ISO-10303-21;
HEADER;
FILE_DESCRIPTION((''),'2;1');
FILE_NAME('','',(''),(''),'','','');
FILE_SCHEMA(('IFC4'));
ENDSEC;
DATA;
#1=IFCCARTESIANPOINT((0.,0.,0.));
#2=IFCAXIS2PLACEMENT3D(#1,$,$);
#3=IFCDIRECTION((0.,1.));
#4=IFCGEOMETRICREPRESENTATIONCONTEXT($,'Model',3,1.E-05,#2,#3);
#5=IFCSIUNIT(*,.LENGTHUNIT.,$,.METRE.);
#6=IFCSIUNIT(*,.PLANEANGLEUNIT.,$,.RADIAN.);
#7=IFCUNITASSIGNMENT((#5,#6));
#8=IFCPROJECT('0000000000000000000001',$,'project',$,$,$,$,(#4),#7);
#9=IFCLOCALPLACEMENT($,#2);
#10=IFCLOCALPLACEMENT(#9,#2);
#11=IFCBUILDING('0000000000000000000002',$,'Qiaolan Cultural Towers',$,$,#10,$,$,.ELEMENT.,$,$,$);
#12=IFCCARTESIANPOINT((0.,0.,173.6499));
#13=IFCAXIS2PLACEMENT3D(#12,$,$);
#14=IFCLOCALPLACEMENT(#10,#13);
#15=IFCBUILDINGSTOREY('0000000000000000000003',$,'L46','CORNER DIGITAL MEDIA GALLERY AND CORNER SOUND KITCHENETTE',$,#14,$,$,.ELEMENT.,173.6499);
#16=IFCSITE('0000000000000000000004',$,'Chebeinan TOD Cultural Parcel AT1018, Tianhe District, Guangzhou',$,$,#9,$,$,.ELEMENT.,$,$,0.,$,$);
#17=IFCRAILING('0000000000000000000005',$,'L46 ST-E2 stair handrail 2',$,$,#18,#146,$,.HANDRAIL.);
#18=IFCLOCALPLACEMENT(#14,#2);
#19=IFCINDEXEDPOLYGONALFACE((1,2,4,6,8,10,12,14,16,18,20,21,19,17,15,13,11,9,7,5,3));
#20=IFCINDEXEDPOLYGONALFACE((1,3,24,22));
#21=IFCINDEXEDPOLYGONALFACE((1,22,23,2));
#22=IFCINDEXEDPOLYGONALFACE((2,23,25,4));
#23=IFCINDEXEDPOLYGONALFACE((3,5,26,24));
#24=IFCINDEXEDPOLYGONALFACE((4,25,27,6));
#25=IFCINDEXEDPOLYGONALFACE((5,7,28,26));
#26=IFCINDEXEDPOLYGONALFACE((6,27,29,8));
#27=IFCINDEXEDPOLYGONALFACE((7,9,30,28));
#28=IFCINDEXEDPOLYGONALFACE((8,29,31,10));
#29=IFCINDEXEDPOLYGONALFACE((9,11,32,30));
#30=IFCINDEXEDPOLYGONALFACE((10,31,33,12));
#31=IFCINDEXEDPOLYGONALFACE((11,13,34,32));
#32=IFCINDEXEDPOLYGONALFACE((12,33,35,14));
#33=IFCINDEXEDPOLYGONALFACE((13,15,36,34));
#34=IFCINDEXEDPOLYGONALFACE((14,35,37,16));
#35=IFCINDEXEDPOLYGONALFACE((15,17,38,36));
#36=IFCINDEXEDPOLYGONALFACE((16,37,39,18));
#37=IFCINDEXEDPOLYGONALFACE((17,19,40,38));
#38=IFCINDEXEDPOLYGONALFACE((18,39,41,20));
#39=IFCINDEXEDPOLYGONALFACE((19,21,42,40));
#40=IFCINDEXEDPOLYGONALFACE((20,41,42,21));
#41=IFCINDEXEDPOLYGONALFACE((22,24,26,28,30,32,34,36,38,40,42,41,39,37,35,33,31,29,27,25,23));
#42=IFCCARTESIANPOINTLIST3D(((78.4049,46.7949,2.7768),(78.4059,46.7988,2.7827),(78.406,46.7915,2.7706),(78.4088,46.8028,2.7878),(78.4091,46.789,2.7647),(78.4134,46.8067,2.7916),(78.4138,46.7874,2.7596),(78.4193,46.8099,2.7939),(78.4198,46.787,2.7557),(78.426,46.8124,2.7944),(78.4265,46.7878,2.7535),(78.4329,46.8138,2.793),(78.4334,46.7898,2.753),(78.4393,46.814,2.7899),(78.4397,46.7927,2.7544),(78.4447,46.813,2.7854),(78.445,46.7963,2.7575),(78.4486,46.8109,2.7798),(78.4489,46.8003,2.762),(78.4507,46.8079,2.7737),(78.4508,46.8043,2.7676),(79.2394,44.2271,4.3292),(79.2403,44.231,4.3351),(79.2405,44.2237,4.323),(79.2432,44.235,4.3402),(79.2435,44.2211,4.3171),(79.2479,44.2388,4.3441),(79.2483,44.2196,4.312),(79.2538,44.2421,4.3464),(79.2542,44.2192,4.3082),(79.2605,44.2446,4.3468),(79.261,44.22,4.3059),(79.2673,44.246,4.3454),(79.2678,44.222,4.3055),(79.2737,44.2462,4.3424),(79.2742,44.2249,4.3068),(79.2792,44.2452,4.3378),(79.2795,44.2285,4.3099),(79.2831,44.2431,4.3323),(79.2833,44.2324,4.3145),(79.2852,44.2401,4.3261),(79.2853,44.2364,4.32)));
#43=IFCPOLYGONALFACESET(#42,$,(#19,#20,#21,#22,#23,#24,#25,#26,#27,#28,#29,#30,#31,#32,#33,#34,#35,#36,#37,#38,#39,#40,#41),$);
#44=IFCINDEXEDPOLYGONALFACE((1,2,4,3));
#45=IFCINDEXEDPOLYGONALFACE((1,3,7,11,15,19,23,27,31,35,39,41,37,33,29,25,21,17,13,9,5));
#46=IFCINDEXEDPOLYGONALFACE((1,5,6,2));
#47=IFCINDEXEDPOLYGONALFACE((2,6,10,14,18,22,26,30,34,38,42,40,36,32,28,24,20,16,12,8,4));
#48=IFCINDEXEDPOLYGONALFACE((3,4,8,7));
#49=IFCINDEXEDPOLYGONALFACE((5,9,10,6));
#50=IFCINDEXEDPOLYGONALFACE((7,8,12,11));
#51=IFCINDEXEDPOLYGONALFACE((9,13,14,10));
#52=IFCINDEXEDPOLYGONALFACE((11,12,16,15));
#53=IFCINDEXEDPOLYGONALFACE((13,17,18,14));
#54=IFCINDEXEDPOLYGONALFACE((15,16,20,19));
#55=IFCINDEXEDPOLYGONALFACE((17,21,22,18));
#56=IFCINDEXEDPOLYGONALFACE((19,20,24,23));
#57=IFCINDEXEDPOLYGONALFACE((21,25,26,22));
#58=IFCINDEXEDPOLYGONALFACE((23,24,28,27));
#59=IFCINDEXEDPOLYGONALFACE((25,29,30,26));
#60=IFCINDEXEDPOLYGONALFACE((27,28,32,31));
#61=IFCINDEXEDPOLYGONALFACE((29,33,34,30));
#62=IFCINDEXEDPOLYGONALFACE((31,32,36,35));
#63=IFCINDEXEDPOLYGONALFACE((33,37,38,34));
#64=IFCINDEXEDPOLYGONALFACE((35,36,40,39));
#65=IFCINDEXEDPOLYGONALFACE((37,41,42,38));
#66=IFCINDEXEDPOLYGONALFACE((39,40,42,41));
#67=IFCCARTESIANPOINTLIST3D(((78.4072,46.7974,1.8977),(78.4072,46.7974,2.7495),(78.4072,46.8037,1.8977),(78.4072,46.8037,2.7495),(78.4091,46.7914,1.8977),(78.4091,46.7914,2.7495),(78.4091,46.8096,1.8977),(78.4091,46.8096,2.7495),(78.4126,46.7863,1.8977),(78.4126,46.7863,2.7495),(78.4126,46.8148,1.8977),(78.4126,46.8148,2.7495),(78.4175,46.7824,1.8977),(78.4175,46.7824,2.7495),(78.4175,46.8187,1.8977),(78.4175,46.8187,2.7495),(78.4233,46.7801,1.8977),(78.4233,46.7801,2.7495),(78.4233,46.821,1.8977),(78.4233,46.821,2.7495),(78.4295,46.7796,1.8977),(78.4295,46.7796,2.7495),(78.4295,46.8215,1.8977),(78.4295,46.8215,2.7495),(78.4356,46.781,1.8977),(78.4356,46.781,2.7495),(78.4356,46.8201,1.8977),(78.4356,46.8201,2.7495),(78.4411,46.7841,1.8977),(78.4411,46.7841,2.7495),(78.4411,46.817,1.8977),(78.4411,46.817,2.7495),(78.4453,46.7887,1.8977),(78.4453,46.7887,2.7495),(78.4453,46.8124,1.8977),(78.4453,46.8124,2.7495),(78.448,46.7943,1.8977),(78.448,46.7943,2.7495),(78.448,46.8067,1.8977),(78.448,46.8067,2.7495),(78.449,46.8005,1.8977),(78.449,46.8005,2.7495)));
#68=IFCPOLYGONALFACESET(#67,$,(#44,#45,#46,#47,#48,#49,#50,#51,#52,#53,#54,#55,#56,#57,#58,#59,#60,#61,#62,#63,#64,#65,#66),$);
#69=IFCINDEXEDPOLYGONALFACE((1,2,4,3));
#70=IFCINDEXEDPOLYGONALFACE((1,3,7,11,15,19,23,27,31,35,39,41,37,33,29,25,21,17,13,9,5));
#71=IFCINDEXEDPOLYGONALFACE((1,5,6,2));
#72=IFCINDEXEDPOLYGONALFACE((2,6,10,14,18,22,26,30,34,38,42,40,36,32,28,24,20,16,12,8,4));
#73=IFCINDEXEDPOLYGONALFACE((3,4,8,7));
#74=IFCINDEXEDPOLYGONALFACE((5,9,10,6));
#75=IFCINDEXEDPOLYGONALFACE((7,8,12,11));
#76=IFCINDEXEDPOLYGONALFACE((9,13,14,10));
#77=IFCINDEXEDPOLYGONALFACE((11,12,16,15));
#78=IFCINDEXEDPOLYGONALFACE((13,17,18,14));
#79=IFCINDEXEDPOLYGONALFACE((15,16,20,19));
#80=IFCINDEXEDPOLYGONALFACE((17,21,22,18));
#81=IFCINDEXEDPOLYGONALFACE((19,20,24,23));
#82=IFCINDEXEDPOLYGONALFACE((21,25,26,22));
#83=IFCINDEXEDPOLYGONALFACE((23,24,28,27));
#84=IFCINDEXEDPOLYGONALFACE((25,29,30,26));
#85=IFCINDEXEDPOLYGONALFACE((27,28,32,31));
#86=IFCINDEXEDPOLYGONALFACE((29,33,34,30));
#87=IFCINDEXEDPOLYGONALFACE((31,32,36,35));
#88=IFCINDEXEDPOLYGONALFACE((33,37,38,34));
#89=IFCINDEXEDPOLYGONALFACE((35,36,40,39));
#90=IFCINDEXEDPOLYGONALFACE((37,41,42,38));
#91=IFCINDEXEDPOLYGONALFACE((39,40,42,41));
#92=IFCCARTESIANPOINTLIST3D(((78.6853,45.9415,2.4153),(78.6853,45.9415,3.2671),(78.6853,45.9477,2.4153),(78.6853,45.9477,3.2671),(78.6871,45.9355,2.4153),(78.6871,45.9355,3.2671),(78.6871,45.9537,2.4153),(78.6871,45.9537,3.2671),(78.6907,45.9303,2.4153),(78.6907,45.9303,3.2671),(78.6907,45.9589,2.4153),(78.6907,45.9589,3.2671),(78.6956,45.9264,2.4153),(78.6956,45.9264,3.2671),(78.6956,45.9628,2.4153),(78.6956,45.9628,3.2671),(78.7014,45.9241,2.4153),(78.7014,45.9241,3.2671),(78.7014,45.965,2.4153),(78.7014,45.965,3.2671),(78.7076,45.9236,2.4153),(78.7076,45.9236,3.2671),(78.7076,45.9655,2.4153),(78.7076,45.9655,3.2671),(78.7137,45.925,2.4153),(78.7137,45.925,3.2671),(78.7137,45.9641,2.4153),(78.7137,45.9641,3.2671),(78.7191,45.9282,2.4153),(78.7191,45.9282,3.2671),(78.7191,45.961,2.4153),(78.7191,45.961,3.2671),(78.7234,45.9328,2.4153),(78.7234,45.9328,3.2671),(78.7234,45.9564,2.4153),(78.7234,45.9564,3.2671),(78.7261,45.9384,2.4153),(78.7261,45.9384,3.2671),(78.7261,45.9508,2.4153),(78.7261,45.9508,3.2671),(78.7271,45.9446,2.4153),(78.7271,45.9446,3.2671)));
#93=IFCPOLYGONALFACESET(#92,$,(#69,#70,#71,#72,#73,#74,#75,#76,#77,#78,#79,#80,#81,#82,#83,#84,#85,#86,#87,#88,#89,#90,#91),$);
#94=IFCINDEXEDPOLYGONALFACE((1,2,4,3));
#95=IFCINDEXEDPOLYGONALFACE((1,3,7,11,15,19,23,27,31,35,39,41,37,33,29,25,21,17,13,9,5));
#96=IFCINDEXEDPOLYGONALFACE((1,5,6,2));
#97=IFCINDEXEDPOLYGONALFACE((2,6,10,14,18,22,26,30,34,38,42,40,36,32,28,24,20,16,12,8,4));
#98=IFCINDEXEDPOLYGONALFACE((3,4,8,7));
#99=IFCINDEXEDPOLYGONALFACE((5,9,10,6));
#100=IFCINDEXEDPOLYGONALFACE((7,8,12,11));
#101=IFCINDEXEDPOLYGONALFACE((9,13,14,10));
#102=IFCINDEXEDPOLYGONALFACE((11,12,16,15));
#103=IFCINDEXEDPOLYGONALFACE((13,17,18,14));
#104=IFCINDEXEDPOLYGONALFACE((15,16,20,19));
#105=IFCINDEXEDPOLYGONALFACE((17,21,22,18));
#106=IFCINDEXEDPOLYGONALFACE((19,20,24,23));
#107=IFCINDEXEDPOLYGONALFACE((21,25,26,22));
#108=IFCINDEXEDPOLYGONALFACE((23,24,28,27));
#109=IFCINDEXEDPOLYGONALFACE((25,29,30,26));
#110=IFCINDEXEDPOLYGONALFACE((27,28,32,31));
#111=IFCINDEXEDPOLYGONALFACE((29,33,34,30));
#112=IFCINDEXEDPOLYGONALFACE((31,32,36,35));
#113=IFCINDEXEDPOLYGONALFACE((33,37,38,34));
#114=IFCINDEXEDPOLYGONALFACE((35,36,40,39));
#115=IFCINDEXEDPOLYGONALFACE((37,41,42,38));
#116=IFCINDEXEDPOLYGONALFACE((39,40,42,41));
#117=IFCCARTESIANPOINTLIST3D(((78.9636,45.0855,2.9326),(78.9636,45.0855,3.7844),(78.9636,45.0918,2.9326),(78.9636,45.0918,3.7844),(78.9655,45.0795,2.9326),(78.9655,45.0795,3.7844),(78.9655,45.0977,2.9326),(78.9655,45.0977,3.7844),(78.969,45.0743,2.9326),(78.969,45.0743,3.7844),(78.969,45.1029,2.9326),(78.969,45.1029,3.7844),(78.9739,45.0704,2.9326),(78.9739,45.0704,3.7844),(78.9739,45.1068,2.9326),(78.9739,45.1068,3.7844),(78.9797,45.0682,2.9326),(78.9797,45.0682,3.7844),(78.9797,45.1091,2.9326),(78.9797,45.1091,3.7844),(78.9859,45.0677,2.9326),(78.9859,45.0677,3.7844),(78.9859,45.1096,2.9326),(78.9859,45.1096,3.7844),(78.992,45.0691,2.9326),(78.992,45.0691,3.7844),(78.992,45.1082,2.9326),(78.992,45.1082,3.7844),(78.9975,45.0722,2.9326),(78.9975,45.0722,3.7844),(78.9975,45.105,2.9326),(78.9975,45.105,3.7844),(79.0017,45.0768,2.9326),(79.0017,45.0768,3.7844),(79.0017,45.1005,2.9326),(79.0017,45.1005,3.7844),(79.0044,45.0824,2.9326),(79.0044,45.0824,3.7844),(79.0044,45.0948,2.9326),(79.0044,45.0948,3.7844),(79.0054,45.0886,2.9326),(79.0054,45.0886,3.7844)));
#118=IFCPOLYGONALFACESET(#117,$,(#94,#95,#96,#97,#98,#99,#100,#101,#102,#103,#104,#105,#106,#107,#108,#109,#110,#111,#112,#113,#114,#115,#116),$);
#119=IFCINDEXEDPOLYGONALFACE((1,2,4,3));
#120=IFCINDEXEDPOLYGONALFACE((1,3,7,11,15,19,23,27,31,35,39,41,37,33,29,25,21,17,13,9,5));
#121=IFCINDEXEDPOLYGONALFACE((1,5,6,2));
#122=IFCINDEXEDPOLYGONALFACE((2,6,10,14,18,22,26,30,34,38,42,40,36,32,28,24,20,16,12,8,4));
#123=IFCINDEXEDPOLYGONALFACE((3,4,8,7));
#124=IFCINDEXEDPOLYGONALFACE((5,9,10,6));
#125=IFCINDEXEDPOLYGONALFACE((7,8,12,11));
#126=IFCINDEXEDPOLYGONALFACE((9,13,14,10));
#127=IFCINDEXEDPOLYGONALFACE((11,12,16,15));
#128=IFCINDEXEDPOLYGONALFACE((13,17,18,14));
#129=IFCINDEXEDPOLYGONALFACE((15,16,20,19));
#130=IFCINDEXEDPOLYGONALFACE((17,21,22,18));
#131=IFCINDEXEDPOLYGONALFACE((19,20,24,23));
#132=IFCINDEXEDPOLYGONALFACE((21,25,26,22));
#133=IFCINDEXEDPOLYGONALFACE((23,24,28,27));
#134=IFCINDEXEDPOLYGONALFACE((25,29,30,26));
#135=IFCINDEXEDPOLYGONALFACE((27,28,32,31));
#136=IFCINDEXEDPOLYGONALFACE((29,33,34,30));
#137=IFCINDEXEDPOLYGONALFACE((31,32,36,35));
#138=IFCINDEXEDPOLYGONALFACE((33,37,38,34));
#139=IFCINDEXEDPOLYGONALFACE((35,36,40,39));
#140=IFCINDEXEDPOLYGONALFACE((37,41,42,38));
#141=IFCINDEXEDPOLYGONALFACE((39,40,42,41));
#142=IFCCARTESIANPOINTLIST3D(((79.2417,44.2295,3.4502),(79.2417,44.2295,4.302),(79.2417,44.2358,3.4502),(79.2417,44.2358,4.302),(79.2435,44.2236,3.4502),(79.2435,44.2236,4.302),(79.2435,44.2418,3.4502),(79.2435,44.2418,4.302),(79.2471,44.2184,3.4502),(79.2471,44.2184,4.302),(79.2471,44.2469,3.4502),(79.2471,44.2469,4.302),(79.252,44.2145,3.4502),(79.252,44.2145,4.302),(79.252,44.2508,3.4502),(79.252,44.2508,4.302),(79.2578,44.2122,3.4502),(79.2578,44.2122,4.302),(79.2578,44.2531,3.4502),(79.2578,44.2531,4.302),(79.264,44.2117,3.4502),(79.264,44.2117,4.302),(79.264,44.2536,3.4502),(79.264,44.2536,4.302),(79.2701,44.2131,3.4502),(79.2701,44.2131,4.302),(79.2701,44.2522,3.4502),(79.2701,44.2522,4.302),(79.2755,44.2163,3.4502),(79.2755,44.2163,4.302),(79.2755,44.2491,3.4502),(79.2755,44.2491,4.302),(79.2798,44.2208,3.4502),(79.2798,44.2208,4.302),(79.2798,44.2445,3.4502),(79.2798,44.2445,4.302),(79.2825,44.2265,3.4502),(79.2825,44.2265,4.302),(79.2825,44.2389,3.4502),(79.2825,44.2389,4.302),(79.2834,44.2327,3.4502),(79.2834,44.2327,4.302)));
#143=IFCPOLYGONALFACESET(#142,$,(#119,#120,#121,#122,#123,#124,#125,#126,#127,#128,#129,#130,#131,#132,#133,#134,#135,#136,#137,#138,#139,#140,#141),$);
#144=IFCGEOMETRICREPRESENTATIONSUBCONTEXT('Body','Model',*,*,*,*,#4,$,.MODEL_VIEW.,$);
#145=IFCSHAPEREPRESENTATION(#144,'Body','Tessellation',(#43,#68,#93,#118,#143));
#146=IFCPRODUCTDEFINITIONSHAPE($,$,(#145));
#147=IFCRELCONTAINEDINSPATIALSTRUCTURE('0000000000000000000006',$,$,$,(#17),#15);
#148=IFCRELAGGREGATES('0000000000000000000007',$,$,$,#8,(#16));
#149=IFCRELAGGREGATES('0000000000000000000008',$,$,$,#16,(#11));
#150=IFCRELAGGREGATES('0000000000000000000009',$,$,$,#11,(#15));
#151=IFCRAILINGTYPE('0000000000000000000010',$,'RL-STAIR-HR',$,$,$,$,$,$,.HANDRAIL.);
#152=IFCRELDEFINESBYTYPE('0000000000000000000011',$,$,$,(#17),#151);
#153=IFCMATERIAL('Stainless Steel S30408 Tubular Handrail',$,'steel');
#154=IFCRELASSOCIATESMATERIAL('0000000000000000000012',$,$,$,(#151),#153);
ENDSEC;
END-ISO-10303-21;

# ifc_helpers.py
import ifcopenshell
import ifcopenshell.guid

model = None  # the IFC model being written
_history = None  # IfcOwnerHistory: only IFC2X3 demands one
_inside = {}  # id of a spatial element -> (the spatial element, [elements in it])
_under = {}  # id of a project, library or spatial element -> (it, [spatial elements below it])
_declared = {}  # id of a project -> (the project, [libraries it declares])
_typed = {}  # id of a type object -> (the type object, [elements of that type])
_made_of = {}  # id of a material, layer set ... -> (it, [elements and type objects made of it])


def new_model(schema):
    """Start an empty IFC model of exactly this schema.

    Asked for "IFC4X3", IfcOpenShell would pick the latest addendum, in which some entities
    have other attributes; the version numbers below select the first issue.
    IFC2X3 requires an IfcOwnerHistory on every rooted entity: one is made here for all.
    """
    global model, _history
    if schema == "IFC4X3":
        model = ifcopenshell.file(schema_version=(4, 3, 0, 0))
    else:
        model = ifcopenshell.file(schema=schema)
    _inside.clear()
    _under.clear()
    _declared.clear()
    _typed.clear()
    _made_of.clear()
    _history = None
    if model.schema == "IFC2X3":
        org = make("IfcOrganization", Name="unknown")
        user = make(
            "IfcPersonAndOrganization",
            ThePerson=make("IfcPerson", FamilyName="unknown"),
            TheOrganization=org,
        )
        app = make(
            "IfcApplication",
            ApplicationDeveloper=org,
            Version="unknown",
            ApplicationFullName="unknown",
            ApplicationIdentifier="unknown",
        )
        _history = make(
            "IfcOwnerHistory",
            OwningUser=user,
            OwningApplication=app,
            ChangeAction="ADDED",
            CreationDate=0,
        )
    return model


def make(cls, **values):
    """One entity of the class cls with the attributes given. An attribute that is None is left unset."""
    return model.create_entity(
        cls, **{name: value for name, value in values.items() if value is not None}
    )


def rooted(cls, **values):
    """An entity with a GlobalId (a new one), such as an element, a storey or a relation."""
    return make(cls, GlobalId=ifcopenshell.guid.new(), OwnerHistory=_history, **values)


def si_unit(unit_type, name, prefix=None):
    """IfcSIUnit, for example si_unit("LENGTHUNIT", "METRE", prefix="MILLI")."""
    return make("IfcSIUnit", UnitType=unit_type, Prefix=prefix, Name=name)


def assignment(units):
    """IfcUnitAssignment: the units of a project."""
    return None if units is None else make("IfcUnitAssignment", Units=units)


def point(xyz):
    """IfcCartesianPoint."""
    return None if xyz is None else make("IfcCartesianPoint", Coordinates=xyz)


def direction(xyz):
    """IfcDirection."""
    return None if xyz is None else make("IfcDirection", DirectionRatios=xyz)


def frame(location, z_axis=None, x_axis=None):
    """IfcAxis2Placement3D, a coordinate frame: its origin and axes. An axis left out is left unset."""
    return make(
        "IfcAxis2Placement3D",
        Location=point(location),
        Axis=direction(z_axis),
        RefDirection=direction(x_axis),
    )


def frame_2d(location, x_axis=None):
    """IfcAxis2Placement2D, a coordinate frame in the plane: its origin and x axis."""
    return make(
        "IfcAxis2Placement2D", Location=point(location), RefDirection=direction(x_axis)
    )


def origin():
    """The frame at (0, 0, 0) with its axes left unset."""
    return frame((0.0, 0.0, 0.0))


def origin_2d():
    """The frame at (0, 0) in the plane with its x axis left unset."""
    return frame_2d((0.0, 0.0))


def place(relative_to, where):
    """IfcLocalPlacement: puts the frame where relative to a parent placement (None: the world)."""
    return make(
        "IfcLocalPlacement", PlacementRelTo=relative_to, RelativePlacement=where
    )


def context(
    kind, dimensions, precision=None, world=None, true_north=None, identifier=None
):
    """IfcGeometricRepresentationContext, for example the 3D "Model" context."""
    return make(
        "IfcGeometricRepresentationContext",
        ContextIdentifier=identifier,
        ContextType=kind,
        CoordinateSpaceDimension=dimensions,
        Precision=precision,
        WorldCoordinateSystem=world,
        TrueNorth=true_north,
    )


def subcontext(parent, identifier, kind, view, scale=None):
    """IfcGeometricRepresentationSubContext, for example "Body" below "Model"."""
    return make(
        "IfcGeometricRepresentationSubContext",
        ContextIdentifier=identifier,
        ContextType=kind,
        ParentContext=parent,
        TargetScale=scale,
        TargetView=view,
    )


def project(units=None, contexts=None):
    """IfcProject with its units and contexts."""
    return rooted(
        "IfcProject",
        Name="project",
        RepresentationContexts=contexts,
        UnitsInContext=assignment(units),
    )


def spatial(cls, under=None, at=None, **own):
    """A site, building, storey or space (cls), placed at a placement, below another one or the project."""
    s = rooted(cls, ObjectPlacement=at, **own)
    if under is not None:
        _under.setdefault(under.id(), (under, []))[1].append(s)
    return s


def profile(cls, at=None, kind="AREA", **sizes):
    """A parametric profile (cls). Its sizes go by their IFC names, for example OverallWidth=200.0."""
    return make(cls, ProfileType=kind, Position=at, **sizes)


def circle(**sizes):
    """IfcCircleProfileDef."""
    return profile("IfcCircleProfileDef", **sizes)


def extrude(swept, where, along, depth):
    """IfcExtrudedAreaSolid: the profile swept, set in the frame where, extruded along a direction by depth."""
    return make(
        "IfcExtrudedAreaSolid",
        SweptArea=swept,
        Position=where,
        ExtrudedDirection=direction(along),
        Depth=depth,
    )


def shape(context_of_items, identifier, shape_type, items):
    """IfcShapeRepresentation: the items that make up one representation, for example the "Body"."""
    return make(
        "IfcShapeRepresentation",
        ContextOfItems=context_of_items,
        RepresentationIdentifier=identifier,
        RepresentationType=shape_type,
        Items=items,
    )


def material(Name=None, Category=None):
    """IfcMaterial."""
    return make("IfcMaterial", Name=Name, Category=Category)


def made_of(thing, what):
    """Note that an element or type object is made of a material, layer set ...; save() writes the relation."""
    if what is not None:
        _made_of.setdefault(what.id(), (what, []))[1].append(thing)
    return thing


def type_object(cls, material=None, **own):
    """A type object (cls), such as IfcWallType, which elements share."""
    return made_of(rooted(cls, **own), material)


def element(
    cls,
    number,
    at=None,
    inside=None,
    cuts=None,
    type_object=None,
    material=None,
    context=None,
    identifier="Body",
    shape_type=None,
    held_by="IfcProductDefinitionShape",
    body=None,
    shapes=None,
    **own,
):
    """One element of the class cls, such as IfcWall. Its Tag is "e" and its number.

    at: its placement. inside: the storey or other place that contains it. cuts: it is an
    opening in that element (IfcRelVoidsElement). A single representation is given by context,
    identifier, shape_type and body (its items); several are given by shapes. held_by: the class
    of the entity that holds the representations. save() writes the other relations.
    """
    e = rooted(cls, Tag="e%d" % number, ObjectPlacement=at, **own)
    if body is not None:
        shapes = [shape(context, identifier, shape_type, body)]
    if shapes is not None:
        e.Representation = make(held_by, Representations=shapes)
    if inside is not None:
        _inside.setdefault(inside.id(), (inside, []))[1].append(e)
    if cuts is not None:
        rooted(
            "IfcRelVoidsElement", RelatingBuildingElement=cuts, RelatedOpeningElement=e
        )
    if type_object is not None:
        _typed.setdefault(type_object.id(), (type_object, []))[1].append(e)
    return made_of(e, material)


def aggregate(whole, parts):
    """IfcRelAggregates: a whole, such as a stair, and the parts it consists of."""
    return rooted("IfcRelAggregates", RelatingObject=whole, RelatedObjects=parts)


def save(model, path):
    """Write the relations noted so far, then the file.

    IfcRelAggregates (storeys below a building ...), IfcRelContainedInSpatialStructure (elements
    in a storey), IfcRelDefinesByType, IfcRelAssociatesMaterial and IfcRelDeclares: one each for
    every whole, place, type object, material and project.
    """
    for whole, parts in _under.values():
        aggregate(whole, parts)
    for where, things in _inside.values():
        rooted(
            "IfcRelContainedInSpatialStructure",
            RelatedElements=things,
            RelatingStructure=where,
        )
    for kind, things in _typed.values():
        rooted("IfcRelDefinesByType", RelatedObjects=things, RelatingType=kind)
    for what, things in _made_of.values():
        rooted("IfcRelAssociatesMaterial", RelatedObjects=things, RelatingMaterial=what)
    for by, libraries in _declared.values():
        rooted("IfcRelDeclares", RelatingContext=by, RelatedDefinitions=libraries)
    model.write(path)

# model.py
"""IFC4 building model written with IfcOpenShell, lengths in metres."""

from ifc_helpers import new_model, si_unit, direction, frame, origin, origin_2d, place, context, subcontext, project, spatial, circle, extrude, material, type_object, element, save


model = new_model("IFC4")

# Units and contexts
model_context = context("Model", 3, precision=1e-05, world=origin(), true_north=direction((0.0, 1.0)))
body_context = subcontext(model_context, "Body", "Model", "MODEL_VIEW")
ifc_project = project(units=[si_unit("LENGTHUNIT", "METRE"), si_unit("PLANEANGLEUNIT", "RADIAN")], contexts=[model_context])

# Site, building, storey
site_placement = place(None, origin())
site = spatial("IfcSite", under=ifc_project, at=site_placement, Name="Chebeinan TOD Cultural Parcel AT1018, Tianhe District, Guangzhou", CompositionType="ELEMENT", RefElevation=0.0)
building_placement = place(site_placement, origin())
building = spatial("IfcBuilding", under=site, at=building_placement, Name="Qiaolan Cultural Towers", CompositionType="ELEMENT")
storey_placement = place(building_placement, frame((0.0, 0.0, 173.6499)))
storey = spatial("IfcBuildingStorey", under=building, at=storey_placement, Name="L46", Description="CORNER DIGITAL MEDIA GALLERY AND CORNER SOUND KITCHENETTE", CompositionType="ELEMENT", Elevation=173.6499)

# Railing
ifc_material_1 = material(Name="Stainless Steel S30408 Tubular Handrail", Category="steel")
railing_type_1 = type_object("IfcRailingType", Name="RL-STAIR-HR", PredefinedType="HANDRAIL", material=ifc_material_1)
railing_1_placement = place(storey_placement, frame((78.428, 46.8005, 1.8977)))
element("IfcRailing", 1, at=railing_1_placement, inside=storey, type_object=railing_type_1, Name="L46 ST-E2 stair handrail 2", PredefinedType="HANDRAIL", context=body_context, shape_type="SweptSolid", body=[
    extrude(circle(Radius=0.0239, at=origin_2d()), frame((0.0, 0.0, 0.876), z_axis=(0.267926, -0.824471, 0.498461), x_axis=(0.951043, 0.309057, 0.0)), (0.0, 0.0, 1.0), 3.1145),
    extrude(circle(Radius=0.021, at=origin_2d()), origin(), (0.0, 0.0, 1.0), 0.8518),
    extrude(circle(Radius=0.021, at=origin_2d()), frame((0.2781, -0.856, 0.5176)), (0.0, 0.0, 1.0), 0.8518),
    extrude(circle(Radius=0.021, at=origin_2d()), frame((0.5564, -1.7119, 1.0349)), (0.0, 0.0, 1.0), 0.8518),
    extrude(circle(Radius=0.021, at=origin_2d()), frame((0.8345, -2.5679, 1.5525)), (0.0, 0.0, 1.0), 0.8518),
])

save(model, "model.ifc")
